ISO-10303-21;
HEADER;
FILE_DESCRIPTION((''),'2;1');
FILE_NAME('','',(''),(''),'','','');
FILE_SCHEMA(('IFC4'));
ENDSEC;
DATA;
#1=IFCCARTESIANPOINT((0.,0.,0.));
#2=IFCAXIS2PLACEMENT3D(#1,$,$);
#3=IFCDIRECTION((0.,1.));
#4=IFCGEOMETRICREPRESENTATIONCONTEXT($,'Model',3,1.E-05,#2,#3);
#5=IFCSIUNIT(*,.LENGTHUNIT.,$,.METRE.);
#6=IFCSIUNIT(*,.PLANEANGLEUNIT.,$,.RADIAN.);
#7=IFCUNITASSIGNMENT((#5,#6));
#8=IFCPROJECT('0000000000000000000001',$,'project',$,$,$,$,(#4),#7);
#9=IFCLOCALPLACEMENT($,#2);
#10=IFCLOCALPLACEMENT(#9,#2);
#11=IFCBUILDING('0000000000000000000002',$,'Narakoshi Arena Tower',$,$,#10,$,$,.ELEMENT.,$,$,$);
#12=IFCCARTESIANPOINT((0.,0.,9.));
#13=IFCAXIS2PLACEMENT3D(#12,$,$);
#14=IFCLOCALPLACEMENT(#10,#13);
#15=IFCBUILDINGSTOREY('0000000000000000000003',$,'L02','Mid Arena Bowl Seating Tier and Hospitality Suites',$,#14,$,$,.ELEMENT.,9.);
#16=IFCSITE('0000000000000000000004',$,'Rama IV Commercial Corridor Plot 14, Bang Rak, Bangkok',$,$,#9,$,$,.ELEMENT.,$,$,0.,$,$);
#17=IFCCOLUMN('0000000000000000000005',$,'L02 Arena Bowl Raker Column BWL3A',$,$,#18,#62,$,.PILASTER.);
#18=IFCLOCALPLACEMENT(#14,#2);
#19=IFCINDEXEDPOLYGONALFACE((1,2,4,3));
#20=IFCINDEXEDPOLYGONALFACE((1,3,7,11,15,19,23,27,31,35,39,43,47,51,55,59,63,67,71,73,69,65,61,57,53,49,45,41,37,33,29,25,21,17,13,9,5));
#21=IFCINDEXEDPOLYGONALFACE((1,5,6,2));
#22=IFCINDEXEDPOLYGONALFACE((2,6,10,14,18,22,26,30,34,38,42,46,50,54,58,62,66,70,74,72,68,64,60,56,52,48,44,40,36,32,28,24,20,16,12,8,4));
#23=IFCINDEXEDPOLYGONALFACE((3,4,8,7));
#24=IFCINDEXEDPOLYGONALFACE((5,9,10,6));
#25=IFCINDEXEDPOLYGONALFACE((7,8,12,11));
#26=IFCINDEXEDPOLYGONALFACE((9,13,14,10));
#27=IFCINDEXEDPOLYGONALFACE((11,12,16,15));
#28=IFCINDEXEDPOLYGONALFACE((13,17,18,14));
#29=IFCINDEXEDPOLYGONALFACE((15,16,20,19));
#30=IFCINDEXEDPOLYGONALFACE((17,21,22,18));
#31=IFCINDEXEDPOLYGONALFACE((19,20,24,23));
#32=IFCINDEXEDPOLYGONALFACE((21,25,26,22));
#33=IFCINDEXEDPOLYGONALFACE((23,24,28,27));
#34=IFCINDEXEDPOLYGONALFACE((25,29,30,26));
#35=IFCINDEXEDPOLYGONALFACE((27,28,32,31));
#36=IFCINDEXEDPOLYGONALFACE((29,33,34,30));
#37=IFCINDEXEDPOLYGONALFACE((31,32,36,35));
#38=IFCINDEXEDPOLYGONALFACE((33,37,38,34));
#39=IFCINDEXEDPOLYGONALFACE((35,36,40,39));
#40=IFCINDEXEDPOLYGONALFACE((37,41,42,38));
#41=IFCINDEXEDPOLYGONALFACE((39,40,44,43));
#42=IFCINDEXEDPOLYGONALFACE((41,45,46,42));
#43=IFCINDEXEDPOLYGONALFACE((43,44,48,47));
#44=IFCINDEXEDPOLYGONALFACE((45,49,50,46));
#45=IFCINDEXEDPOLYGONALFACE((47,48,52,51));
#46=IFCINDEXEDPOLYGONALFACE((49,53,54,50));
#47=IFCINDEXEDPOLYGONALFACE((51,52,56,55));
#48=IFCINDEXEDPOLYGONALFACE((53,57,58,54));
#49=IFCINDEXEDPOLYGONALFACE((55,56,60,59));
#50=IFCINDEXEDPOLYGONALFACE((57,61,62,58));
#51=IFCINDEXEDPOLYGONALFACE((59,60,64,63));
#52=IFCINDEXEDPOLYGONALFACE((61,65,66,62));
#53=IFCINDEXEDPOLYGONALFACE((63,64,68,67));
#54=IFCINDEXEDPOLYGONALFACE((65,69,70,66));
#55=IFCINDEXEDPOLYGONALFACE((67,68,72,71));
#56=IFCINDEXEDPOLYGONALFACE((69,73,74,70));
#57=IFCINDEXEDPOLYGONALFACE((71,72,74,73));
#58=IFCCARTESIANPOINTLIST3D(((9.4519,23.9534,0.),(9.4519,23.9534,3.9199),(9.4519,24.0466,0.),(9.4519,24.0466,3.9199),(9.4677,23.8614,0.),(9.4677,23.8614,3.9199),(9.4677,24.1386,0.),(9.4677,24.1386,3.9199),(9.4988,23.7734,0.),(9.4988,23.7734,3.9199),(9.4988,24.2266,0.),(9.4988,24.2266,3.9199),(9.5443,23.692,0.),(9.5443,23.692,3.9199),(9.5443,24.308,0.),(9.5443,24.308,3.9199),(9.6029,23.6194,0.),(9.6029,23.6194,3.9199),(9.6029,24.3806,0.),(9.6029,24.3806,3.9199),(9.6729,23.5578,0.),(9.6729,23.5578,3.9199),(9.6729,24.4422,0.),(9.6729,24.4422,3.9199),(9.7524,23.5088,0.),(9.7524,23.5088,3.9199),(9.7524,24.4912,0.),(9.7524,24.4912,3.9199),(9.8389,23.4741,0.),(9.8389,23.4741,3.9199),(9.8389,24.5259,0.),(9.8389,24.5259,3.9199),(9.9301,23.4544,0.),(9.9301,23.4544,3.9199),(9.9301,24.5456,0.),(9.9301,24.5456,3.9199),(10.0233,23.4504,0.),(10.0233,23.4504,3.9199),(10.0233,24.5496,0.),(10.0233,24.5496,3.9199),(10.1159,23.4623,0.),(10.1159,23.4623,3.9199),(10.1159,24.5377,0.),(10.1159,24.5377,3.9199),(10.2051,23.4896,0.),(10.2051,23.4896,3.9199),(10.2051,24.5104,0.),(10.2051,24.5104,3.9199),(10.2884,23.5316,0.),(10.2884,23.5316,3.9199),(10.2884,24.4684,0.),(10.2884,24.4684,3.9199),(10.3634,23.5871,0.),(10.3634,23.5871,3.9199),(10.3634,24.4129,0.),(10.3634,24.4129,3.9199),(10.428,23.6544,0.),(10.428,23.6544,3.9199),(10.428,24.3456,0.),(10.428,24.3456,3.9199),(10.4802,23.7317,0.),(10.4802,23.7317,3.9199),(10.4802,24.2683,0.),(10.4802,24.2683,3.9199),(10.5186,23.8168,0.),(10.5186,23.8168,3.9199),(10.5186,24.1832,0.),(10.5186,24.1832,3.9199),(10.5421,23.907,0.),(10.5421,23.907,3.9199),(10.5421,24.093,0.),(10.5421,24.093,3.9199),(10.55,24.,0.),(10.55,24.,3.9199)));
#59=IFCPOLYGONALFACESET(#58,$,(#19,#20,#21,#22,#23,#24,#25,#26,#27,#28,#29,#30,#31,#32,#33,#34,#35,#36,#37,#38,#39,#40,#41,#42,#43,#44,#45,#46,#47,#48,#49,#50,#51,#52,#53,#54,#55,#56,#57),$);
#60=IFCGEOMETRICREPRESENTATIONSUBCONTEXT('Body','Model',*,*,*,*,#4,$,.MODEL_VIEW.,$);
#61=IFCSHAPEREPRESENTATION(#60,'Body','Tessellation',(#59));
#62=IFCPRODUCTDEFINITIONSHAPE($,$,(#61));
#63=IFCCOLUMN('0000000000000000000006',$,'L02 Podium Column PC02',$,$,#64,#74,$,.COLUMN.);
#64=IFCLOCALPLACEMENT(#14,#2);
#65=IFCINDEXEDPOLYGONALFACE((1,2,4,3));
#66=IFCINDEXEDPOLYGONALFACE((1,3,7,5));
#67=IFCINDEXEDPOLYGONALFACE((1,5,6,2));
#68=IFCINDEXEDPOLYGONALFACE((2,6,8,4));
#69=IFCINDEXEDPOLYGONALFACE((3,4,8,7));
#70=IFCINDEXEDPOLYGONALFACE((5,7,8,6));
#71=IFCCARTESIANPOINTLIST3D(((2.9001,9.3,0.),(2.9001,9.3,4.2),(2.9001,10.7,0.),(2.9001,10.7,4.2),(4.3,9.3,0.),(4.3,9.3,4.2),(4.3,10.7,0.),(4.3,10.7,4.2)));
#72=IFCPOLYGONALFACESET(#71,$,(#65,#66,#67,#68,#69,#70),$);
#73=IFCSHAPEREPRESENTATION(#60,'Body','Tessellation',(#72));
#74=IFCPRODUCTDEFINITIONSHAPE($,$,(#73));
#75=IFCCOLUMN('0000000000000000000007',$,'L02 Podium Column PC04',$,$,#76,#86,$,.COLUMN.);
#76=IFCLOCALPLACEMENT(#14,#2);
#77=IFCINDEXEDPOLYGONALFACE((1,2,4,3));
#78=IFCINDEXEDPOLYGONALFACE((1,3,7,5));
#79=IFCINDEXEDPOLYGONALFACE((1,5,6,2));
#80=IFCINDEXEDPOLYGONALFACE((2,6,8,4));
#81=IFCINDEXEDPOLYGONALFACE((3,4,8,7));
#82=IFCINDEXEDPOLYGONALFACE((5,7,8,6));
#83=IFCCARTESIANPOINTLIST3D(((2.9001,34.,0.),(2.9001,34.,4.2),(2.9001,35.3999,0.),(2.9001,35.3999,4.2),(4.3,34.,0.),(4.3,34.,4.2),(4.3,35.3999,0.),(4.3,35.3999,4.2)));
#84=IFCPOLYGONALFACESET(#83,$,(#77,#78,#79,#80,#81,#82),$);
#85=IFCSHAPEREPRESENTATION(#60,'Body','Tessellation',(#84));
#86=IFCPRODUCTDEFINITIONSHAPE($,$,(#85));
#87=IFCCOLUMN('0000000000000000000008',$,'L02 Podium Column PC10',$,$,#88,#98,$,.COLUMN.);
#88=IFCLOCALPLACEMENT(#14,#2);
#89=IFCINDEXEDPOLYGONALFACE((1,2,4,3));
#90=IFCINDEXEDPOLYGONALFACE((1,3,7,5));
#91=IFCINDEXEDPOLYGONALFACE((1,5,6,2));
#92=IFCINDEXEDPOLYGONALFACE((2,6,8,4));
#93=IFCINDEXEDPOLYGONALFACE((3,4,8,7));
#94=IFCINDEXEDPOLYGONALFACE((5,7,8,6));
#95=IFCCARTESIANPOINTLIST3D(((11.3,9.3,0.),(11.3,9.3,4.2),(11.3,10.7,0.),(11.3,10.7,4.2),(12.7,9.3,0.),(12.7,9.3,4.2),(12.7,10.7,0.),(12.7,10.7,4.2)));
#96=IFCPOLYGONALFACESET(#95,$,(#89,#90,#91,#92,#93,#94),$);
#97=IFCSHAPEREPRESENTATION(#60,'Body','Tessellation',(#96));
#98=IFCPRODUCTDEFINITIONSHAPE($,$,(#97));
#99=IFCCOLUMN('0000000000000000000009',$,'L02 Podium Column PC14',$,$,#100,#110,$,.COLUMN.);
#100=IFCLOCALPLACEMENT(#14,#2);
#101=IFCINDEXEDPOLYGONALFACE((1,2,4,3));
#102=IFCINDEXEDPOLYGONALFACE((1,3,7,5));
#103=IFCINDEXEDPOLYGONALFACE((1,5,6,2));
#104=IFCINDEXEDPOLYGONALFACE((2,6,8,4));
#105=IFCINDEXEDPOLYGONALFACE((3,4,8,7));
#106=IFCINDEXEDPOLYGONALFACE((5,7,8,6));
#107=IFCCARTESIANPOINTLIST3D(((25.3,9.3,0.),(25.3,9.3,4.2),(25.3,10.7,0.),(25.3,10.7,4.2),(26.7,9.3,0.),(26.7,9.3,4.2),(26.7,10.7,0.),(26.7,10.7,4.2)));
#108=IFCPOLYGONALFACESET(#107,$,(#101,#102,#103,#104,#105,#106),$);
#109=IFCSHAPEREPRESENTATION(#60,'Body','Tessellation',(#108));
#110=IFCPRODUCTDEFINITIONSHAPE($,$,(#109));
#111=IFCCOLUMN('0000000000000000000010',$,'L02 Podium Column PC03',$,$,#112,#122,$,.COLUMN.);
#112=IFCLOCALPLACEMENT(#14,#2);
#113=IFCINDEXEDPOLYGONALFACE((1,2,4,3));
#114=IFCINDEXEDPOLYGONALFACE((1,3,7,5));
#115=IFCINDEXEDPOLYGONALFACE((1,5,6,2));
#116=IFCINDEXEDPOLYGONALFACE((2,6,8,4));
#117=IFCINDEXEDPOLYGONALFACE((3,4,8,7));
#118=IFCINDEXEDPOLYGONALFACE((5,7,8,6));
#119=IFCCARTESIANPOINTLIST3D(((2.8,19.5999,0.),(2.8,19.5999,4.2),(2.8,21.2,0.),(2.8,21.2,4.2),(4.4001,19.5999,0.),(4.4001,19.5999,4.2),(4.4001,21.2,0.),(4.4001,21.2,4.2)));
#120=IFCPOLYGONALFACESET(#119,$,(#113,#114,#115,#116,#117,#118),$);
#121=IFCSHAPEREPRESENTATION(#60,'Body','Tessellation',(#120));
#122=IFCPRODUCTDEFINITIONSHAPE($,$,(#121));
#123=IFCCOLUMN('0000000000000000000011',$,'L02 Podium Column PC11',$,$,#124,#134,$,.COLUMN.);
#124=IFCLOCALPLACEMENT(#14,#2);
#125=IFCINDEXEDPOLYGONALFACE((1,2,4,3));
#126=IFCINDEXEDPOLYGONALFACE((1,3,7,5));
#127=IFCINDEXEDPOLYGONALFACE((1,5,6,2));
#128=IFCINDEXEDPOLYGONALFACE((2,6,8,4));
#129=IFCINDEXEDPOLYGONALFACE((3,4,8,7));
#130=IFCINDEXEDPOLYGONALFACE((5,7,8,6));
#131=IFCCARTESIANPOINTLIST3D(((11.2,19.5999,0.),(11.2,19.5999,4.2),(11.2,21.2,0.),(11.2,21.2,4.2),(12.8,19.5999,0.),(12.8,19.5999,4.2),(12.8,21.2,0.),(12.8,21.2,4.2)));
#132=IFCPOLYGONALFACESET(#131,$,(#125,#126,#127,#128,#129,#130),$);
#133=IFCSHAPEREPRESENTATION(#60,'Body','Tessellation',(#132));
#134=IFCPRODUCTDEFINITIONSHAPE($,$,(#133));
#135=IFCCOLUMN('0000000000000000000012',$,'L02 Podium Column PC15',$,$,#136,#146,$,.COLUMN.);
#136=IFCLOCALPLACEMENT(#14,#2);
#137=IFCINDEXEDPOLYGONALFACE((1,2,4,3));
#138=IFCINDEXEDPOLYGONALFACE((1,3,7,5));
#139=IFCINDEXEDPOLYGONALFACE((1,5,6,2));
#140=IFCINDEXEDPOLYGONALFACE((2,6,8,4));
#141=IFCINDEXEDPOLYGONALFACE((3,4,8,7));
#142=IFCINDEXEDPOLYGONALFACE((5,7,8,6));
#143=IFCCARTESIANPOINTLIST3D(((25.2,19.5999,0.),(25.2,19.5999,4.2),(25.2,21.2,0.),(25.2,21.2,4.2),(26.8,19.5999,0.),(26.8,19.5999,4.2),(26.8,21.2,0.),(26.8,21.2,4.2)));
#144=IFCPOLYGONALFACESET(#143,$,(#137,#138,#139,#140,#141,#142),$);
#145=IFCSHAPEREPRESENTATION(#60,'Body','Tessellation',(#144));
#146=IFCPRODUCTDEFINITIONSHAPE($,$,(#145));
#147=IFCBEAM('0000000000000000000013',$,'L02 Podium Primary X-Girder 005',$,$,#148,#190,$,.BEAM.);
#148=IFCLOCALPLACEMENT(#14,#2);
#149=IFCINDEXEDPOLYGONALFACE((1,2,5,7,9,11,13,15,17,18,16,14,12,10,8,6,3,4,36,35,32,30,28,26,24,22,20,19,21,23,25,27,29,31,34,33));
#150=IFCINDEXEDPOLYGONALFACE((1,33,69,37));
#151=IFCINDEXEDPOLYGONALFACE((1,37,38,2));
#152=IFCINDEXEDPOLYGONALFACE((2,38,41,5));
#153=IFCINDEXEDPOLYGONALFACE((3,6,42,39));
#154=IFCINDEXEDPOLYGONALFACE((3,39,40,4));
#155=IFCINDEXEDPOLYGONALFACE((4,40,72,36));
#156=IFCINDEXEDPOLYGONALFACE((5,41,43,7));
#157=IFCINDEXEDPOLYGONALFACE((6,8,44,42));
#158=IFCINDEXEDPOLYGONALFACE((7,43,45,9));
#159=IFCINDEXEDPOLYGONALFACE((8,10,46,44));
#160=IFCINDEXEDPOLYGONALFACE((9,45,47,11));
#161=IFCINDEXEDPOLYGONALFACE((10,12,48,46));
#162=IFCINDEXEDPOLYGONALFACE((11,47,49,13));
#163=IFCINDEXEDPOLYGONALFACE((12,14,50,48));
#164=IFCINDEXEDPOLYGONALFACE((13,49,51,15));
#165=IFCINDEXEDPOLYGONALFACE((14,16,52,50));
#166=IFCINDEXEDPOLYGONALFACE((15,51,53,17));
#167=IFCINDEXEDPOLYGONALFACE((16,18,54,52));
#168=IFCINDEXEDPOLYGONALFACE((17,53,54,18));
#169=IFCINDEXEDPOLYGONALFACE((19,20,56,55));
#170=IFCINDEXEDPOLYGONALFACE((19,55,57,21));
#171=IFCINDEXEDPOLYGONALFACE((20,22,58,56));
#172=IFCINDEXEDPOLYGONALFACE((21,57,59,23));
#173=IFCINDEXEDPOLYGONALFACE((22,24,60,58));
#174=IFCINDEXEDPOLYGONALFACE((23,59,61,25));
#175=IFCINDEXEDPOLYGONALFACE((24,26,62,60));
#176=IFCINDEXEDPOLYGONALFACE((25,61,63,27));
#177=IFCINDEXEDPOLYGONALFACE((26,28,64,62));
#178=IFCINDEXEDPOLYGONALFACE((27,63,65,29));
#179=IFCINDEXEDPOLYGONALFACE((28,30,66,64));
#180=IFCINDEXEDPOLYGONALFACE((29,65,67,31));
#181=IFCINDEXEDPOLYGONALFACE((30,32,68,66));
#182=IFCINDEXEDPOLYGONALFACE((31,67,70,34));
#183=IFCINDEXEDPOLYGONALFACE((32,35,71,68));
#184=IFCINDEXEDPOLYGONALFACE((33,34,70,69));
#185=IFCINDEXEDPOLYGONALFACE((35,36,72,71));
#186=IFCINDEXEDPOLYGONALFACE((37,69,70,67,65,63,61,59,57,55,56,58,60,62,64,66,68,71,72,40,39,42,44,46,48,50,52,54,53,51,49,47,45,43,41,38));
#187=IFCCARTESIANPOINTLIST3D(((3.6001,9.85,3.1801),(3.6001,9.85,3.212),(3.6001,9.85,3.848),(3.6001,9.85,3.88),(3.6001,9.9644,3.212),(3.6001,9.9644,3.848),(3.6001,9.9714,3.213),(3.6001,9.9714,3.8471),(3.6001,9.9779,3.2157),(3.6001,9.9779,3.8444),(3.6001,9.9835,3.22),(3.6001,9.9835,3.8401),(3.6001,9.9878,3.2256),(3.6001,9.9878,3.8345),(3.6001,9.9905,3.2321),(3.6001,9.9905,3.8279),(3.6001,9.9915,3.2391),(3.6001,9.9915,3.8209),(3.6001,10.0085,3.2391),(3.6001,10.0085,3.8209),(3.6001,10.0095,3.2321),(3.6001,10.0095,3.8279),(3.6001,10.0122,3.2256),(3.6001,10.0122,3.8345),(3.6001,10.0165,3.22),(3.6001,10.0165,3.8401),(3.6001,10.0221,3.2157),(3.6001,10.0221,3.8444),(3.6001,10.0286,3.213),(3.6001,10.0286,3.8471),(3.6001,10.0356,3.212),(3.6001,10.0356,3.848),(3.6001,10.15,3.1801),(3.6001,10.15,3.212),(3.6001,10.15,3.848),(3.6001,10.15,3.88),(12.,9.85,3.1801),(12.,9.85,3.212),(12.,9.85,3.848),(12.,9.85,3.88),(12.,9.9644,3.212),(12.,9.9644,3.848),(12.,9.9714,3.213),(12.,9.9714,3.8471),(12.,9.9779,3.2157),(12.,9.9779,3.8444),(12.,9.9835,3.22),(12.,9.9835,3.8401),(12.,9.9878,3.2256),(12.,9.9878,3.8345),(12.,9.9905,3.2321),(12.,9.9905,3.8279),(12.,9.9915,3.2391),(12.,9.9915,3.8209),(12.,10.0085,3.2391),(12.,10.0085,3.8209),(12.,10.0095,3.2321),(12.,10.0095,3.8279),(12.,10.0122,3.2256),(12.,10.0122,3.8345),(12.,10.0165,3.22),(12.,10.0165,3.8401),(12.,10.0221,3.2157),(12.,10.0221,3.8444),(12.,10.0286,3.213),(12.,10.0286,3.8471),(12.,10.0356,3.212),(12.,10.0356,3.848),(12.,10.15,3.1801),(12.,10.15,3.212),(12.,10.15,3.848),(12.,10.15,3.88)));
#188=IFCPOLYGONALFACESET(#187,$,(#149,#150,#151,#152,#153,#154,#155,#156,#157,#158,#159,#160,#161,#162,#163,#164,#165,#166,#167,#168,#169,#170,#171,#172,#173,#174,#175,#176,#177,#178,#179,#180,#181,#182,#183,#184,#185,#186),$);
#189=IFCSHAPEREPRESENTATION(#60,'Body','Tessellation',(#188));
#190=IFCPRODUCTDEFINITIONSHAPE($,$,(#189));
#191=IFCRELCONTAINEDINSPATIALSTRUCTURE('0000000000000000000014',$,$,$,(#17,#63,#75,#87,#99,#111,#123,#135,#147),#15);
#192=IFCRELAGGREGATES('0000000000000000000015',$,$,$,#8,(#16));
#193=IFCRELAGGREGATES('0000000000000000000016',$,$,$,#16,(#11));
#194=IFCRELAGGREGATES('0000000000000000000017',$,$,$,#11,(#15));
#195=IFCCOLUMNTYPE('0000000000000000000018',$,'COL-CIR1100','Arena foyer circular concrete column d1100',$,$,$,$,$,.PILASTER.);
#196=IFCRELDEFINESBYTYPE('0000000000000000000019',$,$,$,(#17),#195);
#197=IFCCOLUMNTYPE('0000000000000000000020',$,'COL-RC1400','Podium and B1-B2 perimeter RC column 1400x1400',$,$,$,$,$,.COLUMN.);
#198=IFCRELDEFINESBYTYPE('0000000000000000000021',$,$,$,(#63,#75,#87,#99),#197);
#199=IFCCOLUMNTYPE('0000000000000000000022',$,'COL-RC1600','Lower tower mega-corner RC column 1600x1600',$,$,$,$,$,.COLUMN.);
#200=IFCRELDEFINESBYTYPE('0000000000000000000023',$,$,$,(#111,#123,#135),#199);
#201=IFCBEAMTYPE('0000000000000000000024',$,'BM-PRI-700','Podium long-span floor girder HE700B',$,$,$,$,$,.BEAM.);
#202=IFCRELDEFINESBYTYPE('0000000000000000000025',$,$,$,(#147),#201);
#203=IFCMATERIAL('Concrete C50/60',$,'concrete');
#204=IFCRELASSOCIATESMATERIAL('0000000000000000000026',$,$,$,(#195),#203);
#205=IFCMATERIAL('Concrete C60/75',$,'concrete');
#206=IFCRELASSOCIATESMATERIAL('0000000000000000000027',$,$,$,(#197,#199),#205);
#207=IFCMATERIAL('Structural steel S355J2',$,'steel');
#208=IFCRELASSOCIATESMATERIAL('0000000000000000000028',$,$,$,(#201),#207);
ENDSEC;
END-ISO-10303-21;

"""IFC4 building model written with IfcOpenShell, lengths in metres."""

from ifc_helpers import new_model, si_unit, direction, frame, origin, origin_2d, place, context, subcontext, project, spatial, rectangle, circle, i_section, extrude, material, material_profile, profile_set, type_object, element, save


model = new_model("IFC4")

# Units and contexts
model_context = context("Model", 3, precision=1e-05, world=origin(), true_north=direction((0.0, 1.0)))
body_context = subcontext(model_context, "Body", "Model", "MODEL_VIEW")
ifc_project = project(units=[si_unit("LENGTHUNIT", "METRE"), si_unit("PLANEANGLEUNIT", "RADIAN")], contexts=[model_context])

# Site, building, storey
site_placement = place(None, origin())
site = spatial("IfcSite", under=ifc_project, at=site_placement, Name="Rama IV Commercial Corridor Plot 14, Bang Rak, Bangkok", CompositionType="ELEMENT", RefElevation=0.0)
building_placement = place(site_placement, origin())
building = spatial("IfcBuilding", under=site, at=building_placement, Name="Narakoshi Arena Tower", CompositionType="ELEMENT")
storey_placement = place(building_placement, frame((0.0, 0.0, 9.0)))
storey = spatial("IfcBuildingStorey", under=building, at=storey_placement, Name="L02", Description="Mid Arena Bowl Seating Tier and Hospitality Suites", CompositionType="ELEMENT", Elevation=9.0)

# Columns
ifc_material_1 = material(Name="Concrete C50/60", Category="concrete")
ifc_material_profile_1 = material_profile(ifc_material_1, circle(Radius=0.55, at=origin_2d()), Name="RCC1100")
ifc_profile_set_1 = profile_set([ifc_material_profile_1], Name="Concrete C50/60")
column_type_1 = type_object("IfcColumnType", Name="COL-CIR1100", Description="Arena foyer circular concrete column d1100", PredefinedType="PILASTER", material=ifc_profile_set_1)
column_placement = place(storey_placement, frame((10.0, 24.0, 0.0), z_axis=(0.0, 0.0, 1.0), x_axis=(1.0, 0.0, 0.0)))
element("IfcColumn", 1, at=column_placement, inside=storey, type_object=column_type_1, Name="L02 Arena Bowl Raker Column BWL3A", PredefinedType="PILASTER", context=body_context, shape_type="SweptSolid", body=[
    extrude(circle(Radius=0.55, at=origin_2d()), origin(), (0.0, 0.0, 1.0), 3.9199),
])
ifc_material_2 = material(Name="Concrete C60/75", Category="concrete")
ifc_material_profile_2 = material_profile(ifc_material_2, rectangle(XDim=1.3999, YDim=1.3999, at=origin_2d()), Name="RC1400x1400")
ifc_profile_set_2 = profile_set([ifc_material_profile_2], Name="Concrete C60/75")
column_type_2 = type_object("IfcColumnType", Name="COL-RC1400", Description="Podium and B1-B2 perimeter RC column 1400x1400", PredefinedType="COLUMN", material=ifc_profile_set_2)
for number, where, z_axis, x_axis, name in (
    (2, (3.6001, 10.0, 0.0), (0.0, 0.0, 1.0), (1.0, 0.0, 0.0), "L02 Podium Column PC02"),
    (3, (3.6001, 34.7, 0.0), (0.0, 0.0, 1.0), (1.0, 0.0, 0.0), "L02 Podium Column PC04"),
    (4, (12.0, 10.0, 0.0), (0.0, 0.0, 1.0), (1.0, 0.0, 0.0), "L02 Podium Column PC10"),
    (5, (26.0, 10.0, 0.0), (0.0, 0.0, 1.0), (1.0, 0.0, 0.0), "L02 Podium Column PC14"),
):
    element("IfcColumn", number, at=place(storey_placement, frame(where, z_axis=z_axis, x_axis=x_axis)), inside=storey, type_object=column_type_2, Name=name, PredefinedType="COLUMN", context=body_context, shape_type="SweptSolid", body=[
        extrude(rectangle(XDim=1.3999, YDim=1.3999, at=origin_2d()), origin(), (0.0, 0.0, 1.0), 4.2),
    ])
ifc_material_profile_3 = material_profile(ifc_material_2, rectangle(XDim=1.6001, YDim=1.6001, at=origin_2d()), Name="RC1600x1600")
ifc_profile_set_3 = profile_set([ifc_material_profile_3], Name="Concrete C60/75")
column_type_3 = type_object("IfcColumnType", Name="COL-RC1600", Description="Lower tower mega-corner RC column 1600x1600", PredefinedType="COLUMN", material=ifc_profile_set_3)
for number, where, z_axis, x_axis, name in (
    (6, (3.6001, 20.3999, 0.0), (0.0, 0.0, 1.0), (1.0, 0.0, 0.0), "L02 Podium Column PC03"),
    (7, (12.0, 20.3999, 0.0), (0.0, 0.0, 1.0), (1.0, 0.0, 0.0), "L02 Podium Column PC11"),
    (8, (26.0, 20.3999, 0.0), (0.0, 0.0, 1.0), (1.0, 0.0, 0.0), "L02 Podium Column PC15"),
):
    element("IfcColumn", number, at=place(storey_placement, frame(where, z_axis=z_axis, x_axis=x_axis)), inside=storey, type_object=column_type_3, Name=name, PredefinedType="COLUMN", context=body_context, shape_type="SweptSolid", body=[
        extrude(rectangle(XDim=1.6001, YDim=1.6001, at=origin_2d()), origin(), (0.0, 0.0, 1.0), 4.2),
    ])

# Beam
ifc_material_3 = material(Name="Structural steel S355J2", Category="steel")
ifc_material_profile_4 = material_profile(ifc_material_3, i_section(OverallWidth=0.3, OverallDepth=0.7, WebThickness=0.0171, FlangeThickness=0.032, FilletRadius=0.0271, at=origin_2d()), Name="HE700B")
ifc_profile_set_4 = profile_set([ifc_material_profile_4], Name="Structural steel S355J2")
beam_type_1 = type_object("IfcBeamType", Name="BM-PRI-700", Description="Podium long-span floor girder HE700B", PredefinedType="BEAM", material=ifc_profile_set_4)
beam_1_placement = place(storey_placement, frame((3.6001, 10.0, 3.53), z_axis=(1.0, 0.0, 0.0), x_axis=(0.0, 1.0, 0.0)))
element("IfcBeam", 9, at=beam_1_placement, inside=storey, type_object=beam_type_1, Name="L02 Podium Primary X-Girder 005", PredefinedType="BEAM", context=body_context, shape_type="SweptSolid", body=[
    extrude(i_section(OverallWidth=0.3, OverallDepth=0.7, WebThickness=0.0171, FlangeThickness=0.032, FilletRadius=0.0271, at=origin_2d()), origin(), (0.0, 0.0, 1.0), 8.3999),
])

save(model, "model.ifc")
